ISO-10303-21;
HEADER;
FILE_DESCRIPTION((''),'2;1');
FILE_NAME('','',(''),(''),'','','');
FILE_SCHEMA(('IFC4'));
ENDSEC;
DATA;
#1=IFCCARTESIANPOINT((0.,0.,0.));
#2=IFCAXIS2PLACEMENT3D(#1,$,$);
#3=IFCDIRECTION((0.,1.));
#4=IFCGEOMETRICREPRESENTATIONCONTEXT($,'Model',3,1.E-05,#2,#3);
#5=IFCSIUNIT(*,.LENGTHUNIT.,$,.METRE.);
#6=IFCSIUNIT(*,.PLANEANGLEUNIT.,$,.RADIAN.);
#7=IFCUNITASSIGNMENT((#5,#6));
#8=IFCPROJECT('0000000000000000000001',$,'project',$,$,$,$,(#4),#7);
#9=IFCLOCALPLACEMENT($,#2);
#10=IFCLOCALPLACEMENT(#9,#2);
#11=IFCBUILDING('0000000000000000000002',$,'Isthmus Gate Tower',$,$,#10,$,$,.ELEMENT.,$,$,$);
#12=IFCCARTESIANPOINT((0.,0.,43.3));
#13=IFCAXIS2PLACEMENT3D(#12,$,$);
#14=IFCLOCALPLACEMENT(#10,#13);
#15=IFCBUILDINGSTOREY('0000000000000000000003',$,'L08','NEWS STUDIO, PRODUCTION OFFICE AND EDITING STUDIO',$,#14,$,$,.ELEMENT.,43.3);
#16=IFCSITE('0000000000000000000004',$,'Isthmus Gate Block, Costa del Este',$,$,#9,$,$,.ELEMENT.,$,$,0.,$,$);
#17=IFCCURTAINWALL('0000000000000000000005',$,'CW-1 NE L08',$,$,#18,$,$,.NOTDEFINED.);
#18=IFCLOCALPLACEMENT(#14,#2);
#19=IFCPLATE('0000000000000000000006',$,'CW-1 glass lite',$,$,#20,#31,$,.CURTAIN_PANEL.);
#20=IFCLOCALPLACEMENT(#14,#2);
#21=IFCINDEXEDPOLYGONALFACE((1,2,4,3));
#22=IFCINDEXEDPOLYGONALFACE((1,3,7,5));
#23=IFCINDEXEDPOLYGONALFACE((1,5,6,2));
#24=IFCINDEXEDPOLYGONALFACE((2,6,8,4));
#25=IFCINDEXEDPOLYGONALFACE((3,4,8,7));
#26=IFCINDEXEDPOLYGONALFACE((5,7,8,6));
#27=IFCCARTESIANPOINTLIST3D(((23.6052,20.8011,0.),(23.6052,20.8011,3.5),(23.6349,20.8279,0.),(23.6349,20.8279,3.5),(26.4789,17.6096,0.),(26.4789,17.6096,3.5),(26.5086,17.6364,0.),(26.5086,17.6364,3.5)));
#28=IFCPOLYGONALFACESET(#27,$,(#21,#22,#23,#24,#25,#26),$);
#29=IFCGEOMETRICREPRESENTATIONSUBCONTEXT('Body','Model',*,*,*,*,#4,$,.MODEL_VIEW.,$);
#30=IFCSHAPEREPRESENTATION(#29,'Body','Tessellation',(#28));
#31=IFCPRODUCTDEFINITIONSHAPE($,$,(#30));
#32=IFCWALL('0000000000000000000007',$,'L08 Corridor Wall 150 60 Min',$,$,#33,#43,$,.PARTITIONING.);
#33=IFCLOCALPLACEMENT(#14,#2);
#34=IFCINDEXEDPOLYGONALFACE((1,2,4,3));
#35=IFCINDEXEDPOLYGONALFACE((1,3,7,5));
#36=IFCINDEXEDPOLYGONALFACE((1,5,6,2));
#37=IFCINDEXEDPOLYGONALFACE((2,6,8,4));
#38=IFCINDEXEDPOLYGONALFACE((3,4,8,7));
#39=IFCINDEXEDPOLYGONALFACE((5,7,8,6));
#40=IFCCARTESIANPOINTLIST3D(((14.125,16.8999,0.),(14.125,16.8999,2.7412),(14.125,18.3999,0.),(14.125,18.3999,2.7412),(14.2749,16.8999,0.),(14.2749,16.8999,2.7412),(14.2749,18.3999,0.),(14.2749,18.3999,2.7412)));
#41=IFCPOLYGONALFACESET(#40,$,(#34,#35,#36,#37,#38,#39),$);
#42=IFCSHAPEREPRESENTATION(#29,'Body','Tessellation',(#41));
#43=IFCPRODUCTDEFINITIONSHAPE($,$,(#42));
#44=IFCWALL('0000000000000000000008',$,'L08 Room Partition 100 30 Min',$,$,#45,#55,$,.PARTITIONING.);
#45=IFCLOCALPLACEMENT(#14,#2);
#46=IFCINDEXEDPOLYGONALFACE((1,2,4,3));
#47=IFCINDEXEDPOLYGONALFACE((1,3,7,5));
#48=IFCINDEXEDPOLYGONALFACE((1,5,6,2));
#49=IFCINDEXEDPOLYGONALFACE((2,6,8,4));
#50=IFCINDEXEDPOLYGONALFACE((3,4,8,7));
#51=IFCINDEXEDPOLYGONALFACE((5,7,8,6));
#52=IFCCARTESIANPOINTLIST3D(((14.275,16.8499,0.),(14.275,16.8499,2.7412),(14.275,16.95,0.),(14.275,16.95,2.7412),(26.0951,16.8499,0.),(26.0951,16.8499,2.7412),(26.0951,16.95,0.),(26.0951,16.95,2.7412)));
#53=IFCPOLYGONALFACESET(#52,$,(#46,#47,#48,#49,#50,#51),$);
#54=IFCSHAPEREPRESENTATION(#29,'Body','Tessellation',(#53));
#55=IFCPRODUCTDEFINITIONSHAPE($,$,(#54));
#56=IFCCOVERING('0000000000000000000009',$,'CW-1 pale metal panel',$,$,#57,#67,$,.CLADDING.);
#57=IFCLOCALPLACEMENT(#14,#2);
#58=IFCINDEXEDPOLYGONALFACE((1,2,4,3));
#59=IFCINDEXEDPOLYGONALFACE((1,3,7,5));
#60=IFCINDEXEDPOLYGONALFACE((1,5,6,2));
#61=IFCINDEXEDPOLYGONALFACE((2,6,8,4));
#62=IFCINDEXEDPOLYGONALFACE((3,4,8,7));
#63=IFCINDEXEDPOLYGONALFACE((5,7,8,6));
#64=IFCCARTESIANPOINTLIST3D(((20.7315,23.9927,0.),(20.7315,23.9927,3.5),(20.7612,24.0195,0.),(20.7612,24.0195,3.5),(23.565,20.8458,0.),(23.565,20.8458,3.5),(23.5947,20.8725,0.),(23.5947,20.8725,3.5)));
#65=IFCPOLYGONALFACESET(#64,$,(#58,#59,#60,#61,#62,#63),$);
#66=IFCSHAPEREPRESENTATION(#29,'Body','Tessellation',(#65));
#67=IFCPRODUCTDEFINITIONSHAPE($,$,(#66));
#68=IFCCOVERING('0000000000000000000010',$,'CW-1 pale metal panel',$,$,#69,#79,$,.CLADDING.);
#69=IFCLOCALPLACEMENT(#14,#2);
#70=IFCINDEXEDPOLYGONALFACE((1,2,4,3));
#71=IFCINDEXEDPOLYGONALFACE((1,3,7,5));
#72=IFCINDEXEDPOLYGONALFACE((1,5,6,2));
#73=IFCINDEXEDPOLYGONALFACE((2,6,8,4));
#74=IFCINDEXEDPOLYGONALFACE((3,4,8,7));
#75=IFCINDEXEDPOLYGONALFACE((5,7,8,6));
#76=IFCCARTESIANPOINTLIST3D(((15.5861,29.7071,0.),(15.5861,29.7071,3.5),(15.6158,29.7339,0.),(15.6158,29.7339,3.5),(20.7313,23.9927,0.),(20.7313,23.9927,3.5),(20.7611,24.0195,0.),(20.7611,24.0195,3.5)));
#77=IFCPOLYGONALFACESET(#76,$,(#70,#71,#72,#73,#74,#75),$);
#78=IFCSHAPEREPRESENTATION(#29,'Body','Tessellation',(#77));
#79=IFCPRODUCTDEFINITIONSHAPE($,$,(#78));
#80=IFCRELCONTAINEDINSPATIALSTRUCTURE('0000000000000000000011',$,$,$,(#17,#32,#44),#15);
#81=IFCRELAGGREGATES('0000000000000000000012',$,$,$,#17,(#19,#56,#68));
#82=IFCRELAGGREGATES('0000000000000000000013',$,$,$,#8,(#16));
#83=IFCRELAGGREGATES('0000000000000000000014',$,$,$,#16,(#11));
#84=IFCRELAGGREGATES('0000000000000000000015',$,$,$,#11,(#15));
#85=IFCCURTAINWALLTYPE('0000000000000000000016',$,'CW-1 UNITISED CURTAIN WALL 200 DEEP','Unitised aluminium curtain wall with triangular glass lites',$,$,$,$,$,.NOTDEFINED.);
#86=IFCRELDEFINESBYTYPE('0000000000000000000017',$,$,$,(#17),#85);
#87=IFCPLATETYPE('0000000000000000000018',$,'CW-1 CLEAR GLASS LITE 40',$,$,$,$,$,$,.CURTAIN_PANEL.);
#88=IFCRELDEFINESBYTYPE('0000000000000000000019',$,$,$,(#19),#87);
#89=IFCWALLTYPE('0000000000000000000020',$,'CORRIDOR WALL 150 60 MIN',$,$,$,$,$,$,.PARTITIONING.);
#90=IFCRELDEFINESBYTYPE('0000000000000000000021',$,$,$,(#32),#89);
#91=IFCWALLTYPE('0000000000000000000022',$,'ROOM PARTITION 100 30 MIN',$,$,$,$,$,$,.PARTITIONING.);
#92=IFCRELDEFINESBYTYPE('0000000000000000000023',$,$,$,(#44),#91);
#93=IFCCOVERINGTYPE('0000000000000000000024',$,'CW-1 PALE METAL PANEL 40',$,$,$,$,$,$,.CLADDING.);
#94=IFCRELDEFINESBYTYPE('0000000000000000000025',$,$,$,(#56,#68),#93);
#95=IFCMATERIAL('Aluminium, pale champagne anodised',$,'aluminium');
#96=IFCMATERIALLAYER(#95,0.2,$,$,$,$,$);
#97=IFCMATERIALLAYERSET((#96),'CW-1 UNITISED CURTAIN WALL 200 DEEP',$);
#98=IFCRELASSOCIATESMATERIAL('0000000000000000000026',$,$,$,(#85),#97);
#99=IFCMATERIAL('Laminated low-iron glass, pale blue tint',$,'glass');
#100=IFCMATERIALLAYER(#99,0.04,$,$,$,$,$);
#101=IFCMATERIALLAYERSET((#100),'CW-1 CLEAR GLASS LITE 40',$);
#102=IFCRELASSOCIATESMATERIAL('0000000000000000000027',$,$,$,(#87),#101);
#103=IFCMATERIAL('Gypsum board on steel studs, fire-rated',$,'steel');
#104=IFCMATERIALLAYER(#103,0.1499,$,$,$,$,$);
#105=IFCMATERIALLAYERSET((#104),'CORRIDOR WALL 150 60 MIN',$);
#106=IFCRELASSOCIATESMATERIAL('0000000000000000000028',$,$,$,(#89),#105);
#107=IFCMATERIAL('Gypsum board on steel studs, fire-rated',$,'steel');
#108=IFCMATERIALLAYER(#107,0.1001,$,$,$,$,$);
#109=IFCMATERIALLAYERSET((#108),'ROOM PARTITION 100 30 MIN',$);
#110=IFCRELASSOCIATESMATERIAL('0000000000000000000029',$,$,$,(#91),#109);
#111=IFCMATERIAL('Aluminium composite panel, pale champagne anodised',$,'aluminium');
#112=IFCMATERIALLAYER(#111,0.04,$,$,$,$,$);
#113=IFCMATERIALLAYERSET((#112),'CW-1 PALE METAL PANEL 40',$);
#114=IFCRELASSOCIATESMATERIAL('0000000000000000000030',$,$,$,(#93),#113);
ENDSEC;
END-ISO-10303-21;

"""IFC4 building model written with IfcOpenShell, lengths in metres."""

from ifc_helpers import new_model, si_unit, direction, frame, frame_2d, origin, origin_2d, place, context, subcontext, project, spatial, rectangle, extrude, material, layer, layer_set, type_object, element, aggregate, save


model = new_model("IFC4")

# Units and contexts
model_context = context("Model", 3, precision=1e-05, world=origin(), true_north=direction((0.0, 1.0)))
body_context = subcontext(model_context, "Body", "Model", "MODEL_VIEW")
ifc_project = project(units=[si_unit("LENGTHUNIT", "METRE"), si_unit("PLANEANGLEUNIT", "RADIAN")], contexts=[model_context])

# Site, building, storey
site_placement = place(None, origin())
site = spatial("IfcSite", under=ifc_project, at=site_placement, Name="Isthmus Gate Block, Costa del Este", CompositionType="ELEMENT", RefElevation=0.0)
building_placement = place(site_placement, origin())
building = spatial("IfcBuilding", under=site, at=building_placement, Name="Isthmus Gate Tower", CompositionType="ELEMENT")
storey_placement = place(building_placement, frame((0.0, 0.0, 43.3)))
storey = spatial("IfcBuildingStorey", under=building, at=storey_placement, Name="L08", Description="NEWS STUDIO, PRODUCTION OFFICE AND EDITING STUDIO", CompositionType="ELEMENT", Elevation=43.3)

# Curtain wall
ifc_material_1 = material(Name="Aluminium, pale champagne anodised", Category="aluminium")
ifc_layer_1 = layer(ifc_material_1, 0.2)
ifc_layer_set_1 = layer_set([ifc_layer_1], Name="CW-1 UNITISED CURTAIN WALL 200 DEEP")
curtain_wall_type = type_object("IfcCurtainWallType", Name="CW-1 UNITISED CURTAIN WALL 200 DEEP", Description="Unitised aluminium curtain wall with triangular glass lites", PredefinedType="NOTDEFINED", material=ifc_layer_set_1)
curtain_wall_1_placement = place(storey_placement, origin())
curtain_wall_1 = element("IfcCurtainWall", 1, at=curtain_wall_1_placement, inside=storey, type_object=curtain_wall_type, Name="CW-1 NE L08", PredefinedType="NOTDEFINED")

# Plate
ifc_material_2 = material(Name="Laminated low-iron glass, pale blue tint", Category="glass")
ifc_layer_2 = layer(ifc_material_2, 0.04)
ifc_layer_set_2 = layer_set([ifc_layer_2], Name="CW-1 CLEAR GLASS LITE 40")
plate_type = type_object("IfcPlateType", Name="CW-1 CLEAR GLASS LITE 40", PredefinedType="CURTAIN_PANEL", material=ifc_layer_set_2)
plate_1_placement = place(storey_placement, frame((25.0569, 19.2188, 0.0), z_axis=(0.0, 0.0, 1.0), x_axis=(-0.669131, 0.743145, 0.0)))
plate_1 = element("IfcPlate", 2, at=plate_1_placement, type_object=plate_type, Name="CW-1 glass lite", PredefinedType="CURTAIN_PANEL", context=body_context, shape_type="SweptSolid", body=[
    extrude(rectangle(XDim=4.2947, YDim=0.04, at=origin_2d()), origin(), (0.0, 0.0, 1.0), 3.5),
])

# Walls
ifc_material_3 = material(Name="Gypsum board on steel studs, fire-rated", Category="steel")
ifc_layer_3 = layer(ifc_material_3, 0.1499)
ifc_layer_set_3 = layer_set([ifc_layer_3], Name="CORRIDOR WALL 150 60 MIN")
wall_type_1 = type_object("IfcWallType", Name="CORRIDOR WALL 150 60 MIN", PredefinedType="PARTITIONING", material=ifc_layer_set_3)
wall_1_placement = place(storey_placement, frame((14.2, 18.3999, 0.0), z_axis=(0.0, 0.0, 1.0), x_axis=(0.0, -1.0, 0.0)))
element("IfcWall", 3, at=wall_1_placement, inside=storey, type_object=wall_type_1, Name="L08 Corridor Wall 150 60 Min", PredefinedType="PARTITIONING", context=body_context, shape_type="SweptSolid", body=[
    extrude(rectangle(XDim=1.5, YDim=0.1499, at=frame_2d((0.75, 0.0))), origin(), (0.0, 0.0, 1.0), 2.7412),
])
ifc_material_4 = material(Name="Gypsum board on steel studs, fire-rated", Category="steel")
ifc_layer_4 = layer(ifc_material_4, 0.1001)
ifc_layer_set_4 = layer_set([ifc_layer_4], Name="ROOM PARTITION 100 30 MIN")
wall_type_2 = type_object("IfcWallType", Name="ROOM PARTITION 100 30 MIN", PredefinedType="PARTITIONING", material=ifc_layer_set_4)
wall_2_placement = place(storey_placement, frame((14.2749, 16.8999, 0.0), z_axis=(0.0, 0.0, 1.0), x_axis=(1.0, 0.0, 0.0)))
element("IfcWall", 4, at=wall_2_placement, inside=storey, type_object=wall_type_2, Name="L08 Room Partition 100 30 Min", PredefinedType="PARTITIONING", context=body_context, shape_type="SweptSolid", body=[
    extrude(rectangle(XDim=11.8201, YDim=0.1001, at=frame_2d((5.9102, 0.0))), origin(), (0.0, 0.0, 1.0), 2.7412),
])

# Coverings
ifc_material_5 = material(Name="Aluminium composite panel, pale champagne anodised", Category="aluminium")
ifc_layer_5 = layer(ifc_material_5, 0.04)
ifc_layer_set_5 = layer_set([ifc_layer_5], Name="CW-1 PALE METAL PANEL 40")
covering_type = type_object("IfcCoveringType", Name="CW-1 PALE METAL PANEL 40", PredefinedType="CLADDING", material=ifc_layer_set_5)
covering_1_placement = place(storey_placement, frame((22.1631, 22.4326, 0.0), z_axis=(0.0, 0.0, 1.0), x_axis=(-0.669131, 0.743145, 0.0)))
covering_1 = element("IfcCovering", 5, at=covering_1_placement, type_object=covering_type, Name="CW-1 pale metal panel", PredefinedType="CLADDING", context=body_context, shape_type="SweptSolid", body=[
    extrude(rectangle(XDim=4.2346, YDim=0.04, at=origin_2d()), origin(), (0.0, 0.0, 1.0), 3.5),
])
covering_2_placement = place(storey_placement, frame((18.1736, 26.8633, 0.0), z_axis=(0.0, 0.0, 1.0), x_axis=(-0.669131, 0.743145, 0.0)))
covering_2 = element("IfcCovering", 6, at=covering_2_placement, type_object=covering_type, Name="CW-1 pale metal panel", PredefinedType="CLADDING", context=body_context, shape_type="SweptSolid", body=[
    extrude(rectangle(XDim=7.6895, YDim=0.04, at=origin_2d()), origin(), (0.0, 0.0, 1.0), 3.5),
])
aggregate(curtain_wall_1, [plate_1, covering_1, covering_2])

save(model, "model.ifc")
